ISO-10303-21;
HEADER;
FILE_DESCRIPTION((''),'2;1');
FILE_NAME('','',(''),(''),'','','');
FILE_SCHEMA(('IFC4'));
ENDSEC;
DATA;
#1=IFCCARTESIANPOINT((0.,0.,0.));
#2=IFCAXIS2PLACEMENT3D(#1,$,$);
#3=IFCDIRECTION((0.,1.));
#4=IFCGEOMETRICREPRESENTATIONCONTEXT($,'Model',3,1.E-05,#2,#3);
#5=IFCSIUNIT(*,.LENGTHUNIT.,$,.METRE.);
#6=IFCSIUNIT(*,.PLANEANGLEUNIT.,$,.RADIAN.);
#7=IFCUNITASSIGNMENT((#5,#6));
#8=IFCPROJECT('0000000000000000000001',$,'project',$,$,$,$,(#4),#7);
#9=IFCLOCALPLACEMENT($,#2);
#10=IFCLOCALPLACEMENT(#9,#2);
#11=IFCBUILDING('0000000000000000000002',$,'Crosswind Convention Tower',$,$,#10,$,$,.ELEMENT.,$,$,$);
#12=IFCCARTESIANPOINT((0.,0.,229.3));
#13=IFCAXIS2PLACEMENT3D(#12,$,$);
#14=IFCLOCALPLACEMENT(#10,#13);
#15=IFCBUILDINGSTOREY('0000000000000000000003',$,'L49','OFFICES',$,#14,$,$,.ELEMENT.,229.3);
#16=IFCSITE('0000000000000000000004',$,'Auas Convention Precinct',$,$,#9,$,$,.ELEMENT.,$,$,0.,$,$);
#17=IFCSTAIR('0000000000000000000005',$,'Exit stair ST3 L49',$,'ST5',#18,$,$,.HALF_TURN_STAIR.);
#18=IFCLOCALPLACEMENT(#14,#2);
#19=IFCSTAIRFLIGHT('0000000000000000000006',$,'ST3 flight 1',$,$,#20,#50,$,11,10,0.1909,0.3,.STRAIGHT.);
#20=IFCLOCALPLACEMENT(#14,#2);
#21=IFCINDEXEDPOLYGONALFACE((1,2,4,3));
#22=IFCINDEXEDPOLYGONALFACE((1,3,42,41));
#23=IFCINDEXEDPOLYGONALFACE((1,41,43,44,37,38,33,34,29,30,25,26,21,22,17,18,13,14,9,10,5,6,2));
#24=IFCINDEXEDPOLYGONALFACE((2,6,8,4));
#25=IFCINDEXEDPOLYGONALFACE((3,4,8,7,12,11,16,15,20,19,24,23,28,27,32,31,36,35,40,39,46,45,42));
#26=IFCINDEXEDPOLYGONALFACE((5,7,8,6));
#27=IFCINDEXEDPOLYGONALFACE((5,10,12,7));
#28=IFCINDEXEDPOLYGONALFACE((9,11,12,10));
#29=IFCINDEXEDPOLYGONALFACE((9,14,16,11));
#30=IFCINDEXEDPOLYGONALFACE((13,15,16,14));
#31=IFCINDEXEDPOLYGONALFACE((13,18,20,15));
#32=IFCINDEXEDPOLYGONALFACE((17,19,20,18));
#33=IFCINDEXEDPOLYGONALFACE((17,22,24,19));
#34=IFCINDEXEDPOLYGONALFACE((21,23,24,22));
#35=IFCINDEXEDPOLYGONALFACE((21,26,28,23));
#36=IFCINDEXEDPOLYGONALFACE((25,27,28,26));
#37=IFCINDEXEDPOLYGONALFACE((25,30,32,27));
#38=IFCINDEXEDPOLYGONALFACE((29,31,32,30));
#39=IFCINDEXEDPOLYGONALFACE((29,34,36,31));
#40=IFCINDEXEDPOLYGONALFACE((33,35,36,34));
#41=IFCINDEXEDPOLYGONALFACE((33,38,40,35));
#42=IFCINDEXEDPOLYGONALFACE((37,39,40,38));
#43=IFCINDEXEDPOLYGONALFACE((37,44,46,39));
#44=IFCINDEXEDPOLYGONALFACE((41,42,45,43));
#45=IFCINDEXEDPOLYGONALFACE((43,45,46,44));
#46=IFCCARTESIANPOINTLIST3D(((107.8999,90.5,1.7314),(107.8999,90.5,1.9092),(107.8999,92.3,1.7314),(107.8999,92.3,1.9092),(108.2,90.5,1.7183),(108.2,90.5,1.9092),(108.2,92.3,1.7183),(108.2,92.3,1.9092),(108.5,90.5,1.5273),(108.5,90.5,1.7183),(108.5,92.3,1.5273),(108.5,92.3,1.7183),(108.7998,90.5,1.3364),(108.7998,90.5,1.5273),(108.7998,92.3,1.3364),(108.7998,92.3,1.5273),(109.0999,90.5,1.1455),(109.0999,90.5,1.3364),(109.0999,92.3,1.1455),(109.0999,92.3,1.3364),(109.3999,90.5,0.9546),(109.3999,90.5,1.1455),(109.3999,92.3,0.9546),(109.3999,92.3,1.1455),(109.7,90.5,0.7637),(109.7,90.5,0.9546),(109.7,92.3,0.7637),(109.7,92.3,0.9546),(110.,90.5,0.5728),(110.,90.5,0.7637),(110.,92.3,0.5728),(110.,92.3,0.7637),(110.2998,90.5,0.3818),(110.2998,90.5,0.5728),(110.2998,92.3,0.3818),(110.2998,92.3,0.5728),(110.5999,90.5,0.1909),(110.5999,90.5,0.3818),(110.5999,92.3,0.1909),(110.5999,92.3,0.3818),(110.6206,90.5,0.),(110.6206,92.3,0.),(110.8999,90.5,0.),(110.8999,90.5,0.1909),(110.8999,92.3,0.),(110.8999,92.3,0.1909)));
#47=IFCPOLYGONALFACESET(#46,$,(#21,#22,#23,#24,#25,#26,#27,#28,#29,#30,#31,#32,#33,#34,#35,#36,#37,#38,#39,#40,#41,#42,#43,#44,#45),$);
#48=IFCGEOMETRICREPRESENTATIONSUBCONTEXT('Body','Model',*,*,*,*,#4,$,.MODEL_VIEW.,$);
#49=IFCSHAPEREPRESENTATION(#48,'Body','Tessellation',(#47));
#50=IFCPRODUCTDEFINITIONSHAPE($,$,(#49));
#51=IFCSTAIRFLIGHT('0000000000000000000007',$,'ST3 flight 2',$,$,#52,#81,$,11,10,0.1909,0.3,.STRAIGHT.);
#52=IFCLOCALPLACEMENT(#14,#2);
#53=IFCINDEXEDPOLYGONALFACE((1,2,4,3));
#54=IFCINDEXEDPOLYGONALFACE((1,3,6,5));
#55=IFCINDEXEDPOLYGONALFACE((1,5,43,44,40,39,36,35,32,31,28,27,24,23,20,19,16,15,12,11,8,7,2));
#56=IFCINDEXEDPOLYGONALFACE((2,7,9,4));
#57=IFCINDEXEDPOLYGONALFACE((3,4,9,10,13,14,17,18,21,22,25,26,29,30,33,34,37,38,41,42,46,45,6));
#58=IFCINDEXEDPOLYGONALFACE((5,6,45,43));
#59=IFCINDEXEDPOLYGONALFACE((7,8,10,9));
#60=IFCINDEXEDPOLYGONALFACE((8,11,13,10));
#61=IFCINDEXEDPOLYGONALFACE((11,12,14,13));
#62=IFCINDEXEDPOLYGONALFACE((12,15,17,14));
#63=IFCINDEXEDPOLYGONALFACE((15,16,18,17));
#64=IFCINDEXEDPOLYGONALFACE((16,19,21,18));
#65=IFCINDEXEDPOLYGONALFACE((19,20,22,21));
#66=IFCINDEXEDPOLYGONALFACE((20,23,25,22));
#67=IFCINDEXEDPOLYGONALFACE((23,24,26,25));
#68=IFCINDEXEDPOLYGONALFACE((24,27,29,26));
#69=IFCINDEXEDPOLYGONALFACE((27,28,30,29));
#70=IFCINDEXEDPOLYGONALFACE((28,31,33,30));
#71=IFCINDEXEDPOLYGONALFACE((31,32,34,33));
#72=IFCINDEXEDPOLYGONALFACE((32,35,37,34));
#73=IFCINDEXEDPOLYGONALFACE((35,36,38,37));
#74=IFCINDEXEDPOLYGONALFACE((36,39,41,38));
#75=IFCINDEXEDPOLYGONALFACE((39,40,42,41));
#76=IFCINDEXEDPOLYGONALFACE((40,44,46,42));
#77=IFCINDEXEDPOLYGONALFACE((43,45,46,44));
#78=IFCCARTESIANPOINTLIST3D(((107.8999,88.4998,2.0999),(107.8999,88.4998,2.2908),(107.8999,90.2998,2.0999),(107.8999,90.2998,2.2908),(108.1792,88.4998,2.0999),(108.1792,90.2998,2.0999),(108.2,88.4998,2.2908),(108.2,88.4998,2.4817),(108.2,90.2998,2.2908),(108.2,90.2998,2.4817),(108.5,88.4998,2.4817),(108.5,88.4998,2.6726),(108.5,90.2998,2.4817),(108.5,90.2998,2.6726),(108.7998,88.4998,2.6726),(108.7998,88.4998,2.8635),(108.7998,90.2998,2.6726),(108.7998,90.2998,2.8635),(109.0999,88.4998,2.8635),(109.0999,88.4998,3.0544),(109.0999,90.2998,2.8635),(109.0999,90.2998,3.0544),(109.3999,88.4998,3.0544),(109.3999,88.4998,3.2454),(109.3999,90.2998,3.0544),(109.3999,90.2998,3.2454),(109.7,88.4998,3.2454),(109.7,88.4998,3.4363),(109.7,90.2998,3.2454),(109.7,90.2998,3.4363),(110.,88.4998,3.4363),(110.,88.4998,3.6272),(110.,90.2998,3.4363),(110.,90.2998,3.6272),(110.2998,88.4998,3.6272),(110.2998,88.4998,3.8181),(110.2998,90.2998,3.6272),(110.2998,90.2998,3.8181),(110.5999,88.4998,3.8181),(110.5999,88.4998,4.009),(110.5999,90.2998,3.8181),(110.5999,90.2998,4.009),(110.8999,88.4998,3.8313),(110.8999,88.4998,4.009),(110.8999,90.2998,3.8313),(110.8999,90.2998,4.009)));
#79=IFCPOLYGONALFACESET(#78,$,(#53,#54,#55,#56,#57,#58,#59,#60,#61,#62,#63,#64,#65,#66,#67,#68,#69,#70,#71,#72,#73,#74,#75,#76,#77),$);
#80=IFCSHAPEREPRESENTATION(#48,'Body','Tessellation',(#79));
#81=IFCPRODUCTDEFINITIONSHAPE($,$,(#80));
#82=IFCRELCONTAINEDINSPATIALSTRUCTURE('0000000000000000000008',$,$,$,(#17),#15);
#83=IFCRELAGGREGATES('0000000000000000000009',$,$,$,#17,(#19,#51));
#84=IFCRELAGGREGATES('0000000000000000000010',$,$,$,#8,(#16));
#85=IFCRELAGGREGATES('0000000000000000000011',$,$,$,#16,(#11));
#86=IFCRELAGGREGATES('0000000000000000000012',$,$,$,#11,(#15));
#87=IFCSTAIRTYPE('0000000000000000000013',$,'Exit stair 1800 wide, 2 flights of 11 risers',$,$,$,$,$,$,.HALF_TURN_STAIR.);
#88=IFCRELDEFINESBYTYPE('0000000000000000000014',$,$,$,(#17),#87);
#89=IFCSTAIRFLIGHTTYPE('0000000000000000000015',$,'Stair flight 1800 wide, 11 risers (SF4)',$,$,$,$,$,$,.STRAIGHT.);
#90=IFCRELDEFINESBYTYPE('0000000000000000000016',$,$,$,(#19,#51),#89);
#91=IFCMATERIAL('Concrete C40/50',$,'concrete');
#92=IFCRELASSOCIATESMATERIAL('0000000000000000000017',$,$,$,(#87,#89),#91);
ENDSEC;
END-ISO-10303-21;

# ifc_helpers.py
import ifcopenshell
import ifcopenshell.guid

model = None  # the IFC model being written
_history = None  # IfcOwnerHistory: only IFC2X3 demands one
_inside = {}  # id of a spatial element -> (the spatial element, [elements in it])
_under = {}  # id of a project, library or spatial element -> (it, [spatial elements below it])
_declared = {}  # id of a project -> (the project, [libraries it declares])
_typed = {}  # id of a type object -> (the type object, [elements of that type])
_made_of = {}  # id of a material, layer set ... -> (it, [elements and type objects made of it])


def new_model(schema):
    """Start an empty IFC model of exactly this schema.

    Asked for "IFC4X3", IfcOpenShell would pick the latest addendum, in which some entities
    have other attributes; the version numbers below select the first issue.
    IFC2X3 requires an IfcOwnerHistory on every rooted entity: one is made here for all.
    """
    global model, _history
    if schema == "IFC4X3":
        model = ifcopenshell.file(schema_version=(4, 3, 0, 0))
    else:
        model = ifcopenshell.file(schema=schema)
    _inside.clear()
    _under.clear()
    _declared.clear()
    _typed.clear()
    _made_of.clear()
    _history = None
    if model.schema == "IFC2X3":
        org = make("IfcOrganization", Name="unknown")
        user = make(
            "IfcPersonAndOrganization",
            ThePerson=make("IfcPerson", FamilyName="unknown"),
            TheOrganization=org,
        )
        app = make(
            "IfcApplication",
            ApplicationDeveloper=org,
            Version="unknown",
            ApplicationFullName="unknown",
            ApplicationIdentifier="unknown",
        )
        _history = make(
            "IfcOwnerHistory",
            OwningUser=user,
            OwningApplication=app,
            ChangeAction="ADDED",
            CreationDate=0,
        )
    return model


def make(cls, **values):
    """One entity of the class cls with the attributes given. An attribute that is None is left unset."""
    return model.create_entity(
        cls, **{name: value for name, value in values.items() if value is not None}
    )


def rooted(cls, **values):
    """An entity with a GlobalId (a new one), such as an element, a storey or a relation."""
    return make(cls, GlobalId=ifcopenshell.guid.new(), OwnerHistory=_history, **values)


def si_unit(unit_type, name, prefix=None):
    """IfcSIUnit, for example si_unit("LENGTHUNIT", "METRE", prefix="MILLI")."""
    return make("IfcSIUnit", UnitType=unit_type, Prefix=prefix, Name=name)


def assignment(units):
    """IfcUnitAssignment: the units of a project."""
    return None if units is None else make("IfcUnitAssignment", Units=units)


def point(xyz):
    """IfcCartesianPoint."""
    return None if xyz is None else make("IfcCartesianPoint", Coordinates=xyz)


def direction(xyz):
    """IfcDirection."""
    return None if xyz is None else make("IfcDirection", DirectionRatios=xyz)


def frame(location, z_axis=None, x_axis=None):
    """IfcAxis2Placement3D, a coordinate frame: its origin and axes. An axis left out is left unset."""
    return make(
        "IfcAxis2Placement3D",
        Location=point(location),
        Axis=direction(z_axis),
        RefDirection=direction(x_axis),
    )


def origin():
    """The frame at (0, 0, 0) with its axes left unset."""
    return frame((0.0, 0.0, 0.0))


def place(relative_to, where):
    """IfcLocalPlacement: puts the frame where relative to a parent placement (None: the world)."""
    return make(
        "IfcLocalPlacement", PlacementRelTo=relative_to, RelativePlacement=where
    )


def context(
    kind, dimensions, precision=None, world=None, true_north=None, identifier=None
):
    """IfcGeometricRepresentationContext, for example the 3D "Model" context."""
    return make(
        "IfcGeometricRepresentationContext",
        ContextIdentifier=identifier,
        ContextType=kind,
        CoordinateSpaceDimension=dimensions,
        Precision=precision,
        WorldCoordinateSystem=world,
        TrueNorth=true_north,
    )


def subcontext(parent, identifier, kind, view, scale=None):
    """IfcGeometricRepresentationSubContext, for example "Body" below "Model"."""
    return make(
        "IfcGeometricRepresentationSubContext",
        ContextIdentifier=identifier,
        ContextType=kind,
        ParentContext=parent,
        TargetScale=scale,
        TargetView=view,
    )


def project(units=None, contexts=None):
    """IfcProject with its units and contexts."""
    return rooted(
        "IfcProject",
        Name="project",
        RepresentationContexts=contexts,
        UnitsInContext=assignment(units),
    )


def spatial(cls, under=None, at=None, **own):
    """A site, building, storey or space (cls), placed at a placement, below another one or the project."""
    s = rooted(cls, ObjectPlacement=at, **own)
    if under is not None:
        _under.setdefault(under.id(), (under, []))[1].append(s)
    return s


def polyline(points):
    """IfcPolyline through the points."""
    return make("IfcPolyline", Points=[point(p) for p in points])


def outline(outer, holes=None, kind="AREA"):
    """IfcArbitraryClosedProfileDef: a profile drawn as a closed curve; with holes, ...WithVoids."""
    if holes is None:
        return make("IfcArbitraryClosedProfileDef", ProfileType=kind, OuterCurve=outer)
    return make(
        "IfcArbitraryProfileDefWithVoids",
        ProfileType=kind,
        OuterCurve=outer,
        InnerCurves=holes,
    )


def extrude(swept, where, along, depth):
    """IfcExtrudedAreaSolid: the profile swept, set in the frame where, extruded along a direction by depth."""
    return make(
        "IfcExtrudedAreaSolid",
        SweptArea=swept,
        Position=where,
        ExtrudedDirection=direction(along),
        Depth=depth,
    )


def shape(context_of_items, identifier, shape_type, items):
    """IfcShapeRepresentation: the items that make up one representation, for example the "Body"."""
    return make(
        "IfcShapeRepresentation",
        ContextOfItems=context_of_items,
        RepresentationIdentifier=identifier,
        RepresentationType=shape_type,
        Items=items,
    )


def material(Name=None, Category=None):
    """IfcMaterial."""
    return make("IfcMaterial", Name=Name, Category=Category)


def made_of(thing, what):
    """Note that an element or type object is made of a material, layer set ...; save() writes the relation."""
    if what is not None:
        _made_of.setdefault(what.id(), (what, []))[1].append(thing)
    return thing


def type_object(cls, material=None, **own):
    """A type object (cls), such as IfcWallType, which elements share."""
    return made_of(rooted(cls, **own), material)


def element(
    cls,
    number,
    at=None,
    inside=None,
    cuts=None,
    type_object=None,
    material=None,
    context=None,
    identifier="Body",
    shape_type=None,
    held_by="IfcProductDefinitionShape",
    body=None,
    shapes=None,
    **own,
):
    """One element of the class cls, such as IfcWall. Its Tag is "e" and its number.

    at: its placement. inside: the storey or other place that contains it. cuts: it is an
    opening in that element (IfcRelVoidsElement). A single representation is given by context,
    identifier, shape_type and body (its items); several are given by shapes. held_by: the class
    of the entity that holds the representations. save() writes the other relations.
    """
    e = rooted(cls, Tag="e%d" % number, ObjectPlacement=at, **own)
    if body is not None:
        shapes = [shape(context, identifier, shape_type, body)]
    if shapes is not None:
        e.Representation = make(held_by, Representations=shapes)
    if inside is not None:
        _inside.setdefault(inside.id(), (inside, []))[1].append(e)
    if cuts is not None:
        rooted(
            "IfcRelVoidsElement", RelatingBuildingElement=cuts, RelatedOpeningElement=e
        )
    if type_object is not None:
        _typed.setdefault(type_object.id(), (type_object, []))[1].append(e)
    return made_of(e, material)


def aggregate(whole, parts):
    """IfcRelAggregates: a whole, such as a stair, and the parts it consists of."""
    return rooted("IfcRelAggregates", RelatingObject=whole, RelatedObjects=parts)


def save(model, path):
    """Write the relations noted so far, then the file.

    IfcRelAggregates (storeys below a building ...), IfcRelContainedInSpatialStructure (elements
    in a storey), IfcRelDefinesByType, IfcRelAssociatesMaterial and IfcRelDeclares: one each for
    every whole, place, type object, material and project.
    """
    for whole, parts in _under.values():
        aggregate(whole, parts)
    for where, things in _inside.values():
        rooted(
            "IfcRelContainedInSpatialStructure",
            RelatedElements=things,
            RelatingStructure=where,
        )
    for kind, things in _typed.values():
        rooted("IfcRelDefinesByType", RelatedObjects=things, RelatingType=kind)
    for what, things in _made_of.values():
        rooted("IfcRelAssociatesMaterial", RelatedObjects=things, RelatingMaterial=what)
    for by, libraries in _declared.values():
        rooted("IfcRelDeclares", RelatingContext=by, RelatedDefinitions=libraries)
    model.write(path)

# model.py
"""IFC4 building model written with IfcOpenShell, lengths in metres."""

from ifc_helpers import new_model, si_unit, direction, frame, origin, place, context, subcontext, project, spatial, polyline, outline, extrude, material, type_object, element, aggregate, save


model = new_model("IFC4")

# Units and contexts
model_context = context("Model", 3, precision=1e-05, world=origin(), true_north=direction((0.0, 1.0)))
body_context = subcontext(model_context, "Body", "Model", "MODEL_VIEW")
ifc_project = project(units=[si_unit("LENGTHUNIT", "METRE"), si_unit("PLANEANGLEUNIT", "RADIAN")], contexts=[model_context])

# Site, building, storey
site_placement = place(None, origin())
site = spatial("IfcSite", under=ifc_project, at=site_placement, Name="Auas Convention Precinct", CompositionType="ELEMENT", RefElevation=0.0)
building_placement = place(site_placement, origin())
building = spatial("IfcBuilding", under=site, at=building_placement, Name="Crosswind Convention Tower", CompositionType="ELEMENT")
storey_placement = place(building_placement, frame((0.0, 0.0, 229.3)))
storey = spatial("IfcBuildingStorey", under=building, at=storey_placement, Name="L49", Description="OFFICES", CompositionType="ELEMENT", Elevation=229.3)

# Shared definitions
ifc_material_1 = material(Name="Concrete C40/50", Category="concrete")

# Stair
stair_type = type_object("IfcStairType", Name="Exit stair 1800 wide, 2 flights of 11 risers", PredefinedType="HALF_TURN_STAIR", material=ifc_material_1)
stair_1_placement = place(storey_placement, origin())
stair_1 = element("IfcStair", 1, at=stair_1_placement, inside=storey, type_object=stair_type, Name="Exit stair ST3 L49", ObjectType="ST5", PredefinedType="HALF_TURN_STAIR")

# Stair flights
stair_flight_type = type_object("IfcStairFlightType", Name="Stair flight 1800 wide, 11 risers (SF4)", PredefinedType="STRAIGHT", material=ifc_material_1)
stair_flight_1_placement = place(storey_placement, frame((110.8999, 91.3999, 0.0), z_axis=(0.0, 0.0, 1.0), x_axis=(-1.0, 0.0, 0.0)))
stair_flight_1 = element("IfcStairFlight", 2, at=stair_flight_1_placement, type_object=stair_flight_type, Name="ST3 flight 1", NumberOfRisers=11, NumberOfTreads=10, PredefinedType="STRAIGHT", RiserHeight=0.1909, TreadLength=0.3, context=body_context, shape_type="SweptSolid", body=[
    extrude(outline(polyline([(0.0, 0.0), (0.0, 0.1909), (0.3, 0.1909), (0.3, 0.3818), (0.6001, 0.3818), (0.6001, 0.5728), (0.8999, 0.5728), (0.8999, 0.7637), (1.2, 0.7637), (1.2, 0.9546), (1.5, 0.9546), (1.5, 1.1455), (1.8, 1.1455), (1.8, 1.3364), (2.1001, 1.3364), (2.1001, 1.5273), (2.3999, 1.5273), (2.3999, 1.7183), (2.7, 1.7183), (2.7, 1.9092), (3.0, 1.9092), (3.0, 2.1001), (3.0, 1.7314), (0.2793, 0.0), (0.0, 0.0)])), frame((0.0, 0.8999, 0.0), z_axis=(0.0, -1.0, 0.0), x_axis=(1.0, 0.0, 0.0)), (0.0, 0.0, 1.0), 1.8),
])
stair_flight_2_placement = place(storey_placement, frame((107.8999, 89.3999, 2.0999), z_axis=(0.0, 0.0, 1.0), x_axis=(1.0, 0.0, 0.0)))
stair_flight_2 = element("IfcStairFlight", 3, at=stair_flight_2_placement, type_object=stair_flight_type, Name="ST3 flight 2", NumberOfRisers=11, NumberOfTreads=10, PredefinedType="STRAIGHT", RiserHeight=0.1909, TreadLength=0.3, context=body_context, shape_type="SweptSolid", body=[
    extrude(outline(polyline([(0.0, 0.0), (0.0, 0.1909), (0.3, 0.1909), (0.3, 0.3818), (0.6001, 0.3818), (0.6001, 0.5728), (0.8999, 0.5728), (0.8999, 0.7637), (1.2, 0.7637), (1.2, 0.9546), (1.5, 0.9546), (1.5, 1.1455), (1.8, 1.1455), (1.8, 1.3364), (2.1001, 1.3364), (2.1001, 1.5273), (2.3999, 1.5273), (2.3999, 1.7183), (2.7, 1.7183), (2.7, 1.9092), (3.0, 1.9092), (3.0, 2.1001), (3.0, 1.7314), (0.2793, 0.0), (0.0, 0.0)])), frame((0.0, 0.8999, 0.0), z_axis=(0.0, -1.0, 0.0), x_axis=(1.0, 0.0, 0.0)), (0.0, 0.0, 1.0), 1.8),
])
aggregate(stair_1, [stair_flight_1, stair_flight_2])

save(model, "model.ifc")
